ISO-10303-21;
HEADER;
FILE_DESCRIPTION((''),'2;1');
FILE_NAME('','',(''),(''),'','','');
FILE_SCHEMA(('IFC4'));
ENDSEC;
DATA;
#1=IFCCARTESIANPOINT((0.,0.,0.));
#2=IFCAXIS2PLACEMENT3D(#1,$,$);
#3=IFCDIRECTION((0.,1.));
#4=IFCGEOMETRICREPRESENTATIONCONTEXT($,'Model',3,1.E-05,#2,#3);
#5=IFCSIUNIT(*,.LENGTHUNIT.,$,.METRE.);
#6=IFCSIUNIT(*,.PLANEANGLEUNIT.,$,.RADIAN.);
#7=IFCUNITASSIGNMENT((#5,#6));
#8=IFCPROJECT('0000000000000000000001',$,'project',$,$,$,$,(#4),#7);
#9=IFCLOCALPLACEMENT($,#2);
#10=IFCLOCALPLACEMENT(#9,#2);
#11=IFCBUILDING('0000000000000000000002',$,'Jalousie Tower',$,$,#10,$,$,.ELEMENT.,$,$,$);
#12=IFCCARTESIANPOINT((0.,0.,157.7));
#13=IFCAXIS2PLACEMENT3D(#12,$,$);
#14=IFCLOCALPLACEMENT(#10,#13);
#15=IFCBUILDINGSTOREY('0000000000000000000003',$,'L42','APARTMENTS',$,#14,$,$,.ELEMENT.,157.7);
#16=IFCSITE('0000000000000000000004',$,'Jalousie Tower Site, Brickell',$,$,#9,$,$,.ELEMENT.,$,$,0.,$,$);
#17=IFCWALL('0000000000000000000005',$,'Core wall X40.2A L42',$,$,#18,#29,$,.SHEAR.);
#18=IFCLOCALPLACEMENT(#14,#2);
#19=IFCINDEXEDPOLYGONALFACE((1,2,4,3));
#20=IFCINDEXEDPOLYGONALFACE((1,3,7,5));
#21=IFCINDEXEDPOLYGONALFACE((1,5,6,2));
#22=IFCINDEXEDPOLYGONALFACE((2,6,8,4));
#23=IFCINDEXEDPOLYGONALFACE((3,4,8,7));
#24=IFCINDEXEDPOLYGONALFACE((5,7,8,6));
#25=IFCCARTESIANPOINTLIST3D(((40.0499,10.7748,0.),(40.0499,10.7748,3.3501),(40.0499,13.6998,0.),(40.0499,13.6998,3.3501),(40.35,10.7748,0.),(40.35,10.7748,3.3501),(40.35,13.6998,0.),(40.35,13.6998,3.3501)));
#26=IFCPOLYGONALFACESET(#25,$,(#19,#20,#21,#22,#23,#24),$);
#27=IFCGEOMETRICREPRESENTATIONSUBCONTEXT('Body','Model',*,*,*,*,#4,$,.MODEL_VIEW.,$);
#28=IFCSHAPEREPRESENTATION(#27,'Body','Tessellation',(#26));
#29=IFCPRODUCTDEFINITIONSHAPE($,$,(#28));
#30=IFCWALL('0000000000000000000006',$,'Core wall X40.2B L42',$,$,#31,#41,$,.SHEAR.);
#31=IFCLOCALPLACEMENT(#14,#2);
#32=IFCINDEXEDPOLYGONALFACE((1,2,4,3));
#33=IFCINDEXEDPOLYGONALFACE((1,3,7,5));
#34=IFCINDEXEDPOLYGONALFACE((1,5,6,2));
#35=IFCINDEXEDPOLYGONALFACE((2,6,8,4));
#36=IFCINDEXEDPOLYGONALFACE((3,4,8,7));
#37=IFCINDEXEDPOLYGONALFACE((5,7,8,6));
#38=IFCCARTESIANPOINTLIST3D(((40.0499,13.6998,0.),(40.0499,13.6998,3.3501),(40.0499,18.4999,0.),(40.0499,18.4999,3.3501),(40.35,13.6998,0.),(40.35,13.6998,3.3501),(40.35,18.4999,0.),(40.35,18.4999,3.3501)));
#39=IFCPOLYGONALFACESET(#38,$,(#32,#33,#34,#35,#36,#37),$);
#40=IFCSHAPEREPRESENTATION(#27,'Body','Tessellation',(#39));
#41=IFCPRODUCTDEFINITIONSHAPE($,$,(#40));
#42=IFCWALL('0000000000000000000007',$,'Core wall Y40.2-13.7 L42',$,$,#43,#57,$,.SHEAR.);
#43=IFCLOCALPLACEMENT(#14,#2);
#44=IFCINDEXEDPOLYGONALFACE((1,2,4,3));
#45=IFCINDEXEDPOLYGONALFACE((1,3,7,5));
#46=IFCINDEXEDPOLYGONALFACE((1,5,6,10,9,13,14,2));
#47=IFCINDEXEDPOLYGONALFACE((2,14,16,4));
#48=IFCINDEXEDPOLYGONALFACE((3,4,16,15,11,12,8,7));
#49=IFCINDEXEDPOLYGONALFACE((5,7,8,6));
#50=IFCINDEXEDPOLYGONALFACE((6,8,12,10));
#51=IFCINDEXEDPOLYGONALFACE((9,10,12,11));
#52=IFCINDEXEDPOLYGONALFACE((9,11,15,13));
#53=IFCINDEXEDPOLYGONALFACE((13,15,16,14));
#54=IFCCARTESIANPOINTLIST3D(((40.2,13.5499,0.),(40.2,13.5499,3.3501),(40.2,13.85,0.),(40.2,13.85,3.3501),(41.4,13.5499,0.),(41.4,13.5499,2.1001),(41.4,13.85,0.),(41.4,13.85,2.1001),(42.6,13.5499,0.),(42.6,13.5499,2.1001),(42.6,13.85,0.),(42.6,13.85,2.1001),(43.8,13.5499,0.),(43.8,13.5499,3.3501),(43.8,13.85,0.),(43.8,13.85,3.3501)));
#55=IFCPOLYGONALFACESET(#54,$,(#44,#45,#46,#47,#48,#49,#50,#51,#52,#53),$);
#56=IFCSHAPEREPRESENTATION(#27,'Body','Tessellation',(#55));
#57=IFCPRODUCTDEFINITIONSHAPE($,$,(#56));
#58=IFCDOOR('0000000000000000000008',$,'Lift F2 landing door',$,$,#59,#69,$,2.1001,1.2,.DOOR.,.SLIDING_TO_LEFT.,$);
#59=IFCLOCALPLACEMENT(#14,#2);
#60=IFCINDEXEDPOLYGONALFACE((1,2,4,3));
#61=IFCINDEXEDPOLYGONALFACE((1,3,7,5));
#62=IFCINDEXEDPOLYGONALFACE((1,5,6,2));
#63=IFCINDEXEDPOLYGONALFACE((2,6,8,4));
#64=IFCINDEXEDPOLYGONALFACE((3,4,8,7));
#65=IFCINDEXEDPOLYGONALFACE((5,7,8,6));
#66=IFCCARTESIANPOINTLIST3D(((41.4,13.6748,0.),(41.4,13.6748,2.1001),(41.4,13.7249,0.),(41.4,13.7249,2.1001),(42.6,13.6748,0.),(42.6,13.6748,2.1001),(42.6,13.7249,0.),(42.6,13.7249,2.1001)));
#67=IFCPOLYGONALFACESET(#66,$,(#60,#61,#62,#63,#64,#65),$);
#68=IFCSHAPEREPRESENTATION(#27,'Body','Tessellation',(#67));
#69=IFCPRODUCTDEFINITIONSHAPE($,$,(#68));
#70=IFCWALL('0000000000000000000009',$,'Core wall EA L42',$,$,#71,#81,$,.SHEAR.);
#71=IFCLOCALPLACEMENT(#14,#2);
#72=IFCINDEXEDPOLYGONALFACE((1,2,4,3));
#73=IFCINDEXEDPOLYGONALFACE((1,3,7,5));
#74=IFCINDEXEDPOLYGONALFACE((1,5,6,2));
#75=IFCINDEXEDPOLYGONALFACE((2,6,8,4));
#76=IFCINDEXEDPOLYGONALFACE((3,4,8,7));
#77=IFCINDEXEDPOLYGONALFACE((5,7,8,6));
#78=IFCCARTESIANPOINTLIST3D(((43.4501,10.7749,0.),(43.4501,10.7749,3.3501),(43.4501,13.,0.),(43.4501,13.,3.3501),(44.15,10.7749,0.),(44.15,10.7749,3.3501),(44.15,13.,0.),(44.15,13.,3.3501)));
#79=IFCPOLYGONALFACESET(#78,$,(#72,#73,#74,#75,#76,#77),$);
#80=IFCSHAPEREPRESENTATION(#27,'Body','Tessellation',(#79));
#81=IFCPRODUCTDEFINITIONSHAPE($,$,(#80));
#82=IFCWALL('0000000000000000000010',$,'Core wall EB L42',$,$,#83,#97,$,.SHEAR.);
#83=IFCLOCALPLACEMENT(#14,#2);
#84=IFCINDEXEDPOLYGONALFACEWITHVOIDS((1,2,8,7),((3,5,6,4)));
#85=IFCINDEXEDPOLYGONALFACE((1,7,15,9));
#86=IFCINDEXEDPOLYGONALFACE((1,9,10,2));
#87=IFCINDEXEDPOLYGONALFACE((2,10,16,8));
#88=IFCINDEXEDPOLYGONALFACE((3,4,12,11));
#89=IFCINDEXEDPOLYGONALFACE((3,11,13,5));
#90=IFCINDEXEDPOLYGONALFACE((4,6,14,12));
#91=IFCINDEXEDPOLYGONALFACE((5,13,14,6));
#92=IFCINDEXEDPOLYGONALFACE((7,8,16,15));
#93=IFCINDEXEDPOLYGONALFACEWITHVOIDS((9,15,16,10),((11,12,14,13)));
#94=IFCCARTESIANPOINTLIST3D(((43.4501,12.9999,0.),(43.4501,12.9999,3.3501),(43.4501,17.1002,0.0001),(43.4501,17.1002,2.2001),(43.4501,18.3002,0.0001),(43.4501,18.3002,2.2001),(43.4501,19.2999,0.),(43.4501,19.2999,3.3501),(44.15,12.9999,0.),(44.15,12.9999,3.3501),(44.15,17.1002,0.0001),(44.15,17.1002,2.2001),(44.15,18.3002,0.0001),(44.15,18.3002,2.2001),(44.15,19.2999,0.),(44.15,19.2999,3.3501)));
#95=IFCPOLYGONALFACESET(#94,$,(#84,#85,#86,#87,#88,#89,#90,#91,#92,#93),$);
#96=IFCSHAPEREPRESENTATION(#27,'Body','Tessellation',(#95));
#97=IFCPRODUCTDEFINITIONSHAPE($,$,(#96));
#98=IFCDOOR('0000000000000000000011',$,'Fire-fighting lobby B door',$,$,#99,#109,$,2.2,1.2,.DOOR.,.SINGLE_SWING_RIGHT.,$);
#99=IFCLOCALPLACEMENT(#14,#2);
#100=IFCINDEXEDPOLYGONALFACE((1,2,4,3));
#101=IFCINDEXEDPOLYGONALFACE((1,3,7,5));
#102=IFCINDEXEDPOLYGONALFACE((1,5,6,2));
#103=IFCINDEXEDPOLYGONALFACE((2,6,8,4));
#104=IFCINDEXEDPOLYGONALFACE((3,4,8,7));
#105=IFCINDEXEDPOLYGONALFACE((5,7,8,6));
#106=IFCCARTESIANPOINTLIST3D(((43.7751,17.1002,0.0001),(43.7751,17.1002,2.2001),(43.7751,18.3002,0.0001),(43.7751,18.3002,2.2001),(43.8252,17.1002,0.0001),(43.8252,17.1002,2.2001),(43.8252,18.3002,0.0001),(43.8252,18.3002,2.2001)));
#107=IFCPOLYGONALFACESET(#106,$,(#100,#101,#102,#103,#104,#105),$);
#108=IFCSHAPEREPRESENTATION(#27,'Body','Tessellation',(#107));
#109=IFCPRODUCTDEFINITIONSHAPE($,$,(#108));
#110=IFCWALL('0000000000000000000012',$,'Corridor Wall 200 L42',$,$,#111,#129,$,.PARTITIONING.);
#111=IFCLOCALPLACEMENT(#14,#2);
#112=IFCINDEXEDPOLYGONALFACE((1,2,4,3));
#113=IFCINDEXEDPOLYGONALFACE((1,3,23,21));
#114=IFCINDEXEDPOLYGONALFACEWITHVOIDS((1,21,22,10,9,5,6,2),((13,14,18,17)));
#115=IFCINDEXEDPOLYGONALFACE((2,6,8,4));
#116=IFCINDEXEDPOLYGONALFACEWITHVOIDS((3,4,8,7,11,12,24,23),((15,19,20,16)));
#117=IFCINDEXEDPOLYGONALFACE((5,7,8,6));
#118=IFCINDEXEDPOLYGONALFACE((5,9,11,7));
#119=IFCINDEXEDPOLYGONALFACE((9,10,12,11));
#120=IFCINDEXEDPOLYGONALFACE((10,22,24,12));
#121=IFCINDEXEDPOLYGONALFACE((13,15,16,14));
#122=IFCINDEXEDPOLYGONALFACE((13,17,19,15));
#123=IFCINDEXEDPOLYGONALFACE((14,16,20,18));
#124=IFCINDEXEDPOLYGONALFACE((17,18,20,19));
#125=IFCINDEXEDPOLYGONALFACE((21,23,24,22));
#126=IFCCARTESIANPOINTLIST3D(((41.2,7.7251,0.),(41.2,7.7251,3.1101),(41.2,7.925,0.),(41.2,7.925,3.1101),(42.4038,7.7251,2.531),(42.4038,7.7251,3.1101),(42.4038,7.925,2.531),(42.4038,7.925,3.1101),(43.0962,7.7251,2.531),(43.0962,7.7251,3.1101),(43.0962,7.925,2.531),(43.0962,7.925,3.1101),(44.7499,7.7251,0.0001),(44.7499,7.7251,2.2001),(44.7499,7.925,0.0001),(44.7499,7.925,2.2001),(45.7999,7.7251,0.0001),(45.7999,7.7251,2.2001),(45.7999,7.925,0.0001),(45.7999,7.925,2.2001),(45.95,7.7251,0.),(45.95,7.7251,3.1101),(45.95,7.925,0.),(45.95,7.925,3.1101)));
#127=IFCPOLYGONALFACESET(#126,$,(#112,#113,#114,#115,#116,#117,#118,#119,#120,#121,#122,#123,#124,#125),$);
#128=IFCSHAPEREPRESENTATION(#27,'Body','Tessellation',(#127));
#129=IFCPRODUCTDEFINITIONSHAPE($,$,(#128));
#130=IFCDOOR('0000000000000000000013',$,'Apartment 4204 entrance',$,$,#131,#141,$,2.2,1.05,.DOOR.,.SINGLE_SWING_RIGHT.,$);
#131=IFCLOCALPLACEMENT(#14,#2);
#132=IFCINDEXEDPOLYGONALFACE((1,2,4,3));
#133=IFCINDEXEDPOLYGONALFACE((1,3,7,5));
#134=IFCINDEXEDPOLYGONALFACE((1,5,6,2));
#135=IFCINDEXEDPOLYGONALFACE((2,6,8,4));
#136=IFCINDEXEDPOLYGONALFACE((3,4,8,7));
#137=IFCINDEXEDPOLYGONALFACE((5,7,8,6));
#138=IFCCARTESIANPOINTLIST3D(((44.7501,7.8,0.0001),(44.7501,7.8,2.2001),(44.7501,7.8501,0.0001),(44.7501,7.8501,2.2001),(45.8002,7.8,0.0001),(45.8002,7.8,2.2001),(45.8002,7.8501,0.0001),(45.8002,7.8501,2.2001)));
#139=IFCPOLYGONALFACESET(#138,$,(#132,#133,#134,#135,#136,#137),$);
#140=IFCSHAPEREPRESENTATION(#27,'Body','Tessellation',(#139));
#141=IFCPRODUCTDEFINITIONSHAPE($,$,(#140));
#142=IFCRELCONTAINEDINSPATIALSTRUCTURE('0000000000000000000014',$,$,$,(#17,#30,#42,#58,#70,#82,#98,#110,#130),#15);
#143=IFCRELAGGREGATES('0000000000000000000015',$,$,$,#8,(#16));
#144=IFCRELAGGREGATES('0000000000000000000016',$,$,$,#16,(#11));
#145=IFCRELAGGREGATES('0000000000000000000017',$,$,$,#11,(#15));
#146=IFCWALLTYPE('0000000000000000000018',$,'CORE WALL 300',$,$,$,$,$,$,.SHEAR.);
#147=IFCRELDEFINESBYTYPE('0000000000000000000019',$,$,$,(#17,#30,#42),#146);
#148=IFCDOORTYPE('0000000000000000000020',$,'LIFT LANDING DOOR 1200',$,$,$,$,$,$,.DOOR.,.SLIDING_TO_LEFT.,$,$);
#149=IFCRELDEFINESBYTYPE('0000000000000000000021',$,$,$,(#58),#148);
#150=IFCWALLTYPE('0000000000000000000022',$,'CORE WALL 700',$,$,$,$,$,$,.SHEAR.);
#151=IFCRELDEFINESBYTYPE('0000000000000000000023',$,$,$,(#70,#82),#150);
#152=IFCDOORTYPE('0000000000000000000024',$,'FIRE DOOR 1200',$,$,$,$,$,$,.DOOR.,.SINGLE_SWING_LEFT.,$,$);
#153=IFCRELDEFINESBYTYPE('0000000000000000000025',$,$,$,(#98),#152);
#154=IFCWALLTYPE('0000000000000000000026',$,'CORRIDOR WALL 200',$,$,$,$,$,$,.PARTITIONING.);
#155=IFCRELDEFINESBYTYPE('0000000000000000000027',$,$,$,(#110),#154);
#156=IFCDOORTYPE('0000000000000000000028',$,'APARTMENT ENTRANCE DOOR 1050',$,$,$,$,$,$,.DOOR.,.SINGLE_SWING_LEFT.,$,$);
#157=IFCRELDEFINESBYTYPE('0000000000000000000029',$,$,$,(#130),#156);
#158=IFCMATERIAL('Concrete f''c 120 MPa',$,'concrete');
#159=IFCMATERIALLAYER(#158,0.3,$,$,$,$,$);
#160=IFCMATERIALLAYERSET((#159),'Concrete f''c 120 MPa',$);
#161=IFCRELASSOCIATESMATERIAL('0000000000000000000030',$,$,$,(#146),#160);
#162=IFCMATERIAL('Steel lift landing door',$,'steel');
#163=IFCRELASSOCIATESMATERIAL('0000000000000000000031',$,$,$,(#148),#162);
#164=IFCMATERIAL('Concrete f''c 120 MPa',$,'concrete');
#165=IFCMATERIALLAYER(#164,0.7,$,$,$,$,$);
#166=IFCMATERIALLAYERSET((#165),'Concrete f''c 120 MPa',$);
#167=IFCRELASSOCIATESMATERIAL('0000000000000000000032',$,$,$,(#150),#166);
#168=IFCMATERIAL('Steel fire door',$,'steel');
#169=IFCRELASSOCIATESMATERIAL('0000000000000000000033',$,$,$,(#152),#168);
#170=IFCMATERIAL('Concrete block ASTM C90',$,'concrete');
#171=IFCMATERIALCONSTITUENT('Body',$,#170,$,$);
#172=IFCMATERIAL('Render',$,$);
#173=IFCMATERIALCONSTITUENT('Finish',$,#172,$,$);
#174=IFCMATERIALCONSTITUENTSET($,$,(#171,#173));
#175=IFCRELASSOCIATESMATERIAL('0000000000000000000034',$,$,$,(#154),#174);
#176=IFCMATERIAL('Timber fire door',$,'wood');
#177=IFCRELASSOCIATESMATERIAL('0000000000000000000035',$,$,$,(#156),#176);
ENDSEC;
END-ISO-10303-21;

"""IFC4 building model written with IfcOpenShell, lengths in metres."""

from ifc_helpers import new_model, si_unit, direction, frame, frame_2d, origin, place, context, subcontext, project, spatial, polyline, rectangle, outline, extrude, material, layer, layer_set, constituent, constituent_set, type_object, element, fill, save


model = new_model("IFC4")

# Units and contexts
model_context = context("Model", 3, precision=1e-05, world=origin(), true_north=direction((0.0, 1.0)))
body_context = subcontext(model_context, "Body", "Model", "MODEL_VIEW")
ifc_project = project(units=[si_unit("LENGTHUNIT", "METRE"), si_unit("PLANEANGLEUNIT", "RADIAN")], contexts=[model_context])

# Site, building, storey
site_placement = place(None, origin())
site = spatial("IfcSite", under=ifc_project, at=site_placement, Name="Jalousie Tower Site, Brickell", CompositionType="ELEMENT", RefElevation=0.0)
building_placement = place(site_placement, origin())
building = spatial("IfcBuilding", under=site, at=building_placement, Name="Jalousie Tower", CompositionType="ELEMENT")
storey_placement = place(building_placement, frame((0.0, 0.0, 157.7)))
storey = spatial("IfcBuildingStorey", under=building, at=storey_placement, Name="L42", Description="APARTMENTS", CompositionType="ELEMENT", Elevation=157.7)

# Walls
ifc_material_1 = material(Name="Concrete f'c 120 MPa", Category="concrete")
ifc_layer_1 = layer(ifc_material_1, 0.3)
ifc_layer_set_1 = layer_set([ifc_layer_1], Name="Concrete f'c 120 MPa")
wall_type_1 = type_object("IfcWallType", Name="CORE WALL 300", PredefinedType="SHEAR", material=ifc_layer_set_1)
wall_1_placement = place(storey_placement, frame((40.2, 10.7749, 0.0), z_axis=(0.0, 0.0, 1.0), x_axis=(0.0, 1.0, 0.0)))
element("IfcWall", 1, at=wall_1_placement, inside=storey, type_object=wall_type_1, Name="Core wall X40.2A L42", PredefinedType="SHEAR", context=body_context, shape_type="SweptSolid", body=[
    extrude(rectangle(XDim=2.925, YDim=0.3, at=frame_2d((1.4624, 0.0))), origin(), (0.0, 0.0, 1.0), 3.3501),
])
wall_2_placement = place(storey_placement, frame((40.2, 13.7, 0.0), z_axis=(0.0, 0.0, 1.0), x_axis=(0.0, 1.0, 0.0)))
element("IfcWall", 2, at=wall_2_placement, inside=storey, type_object=wall_type_1, Name="Core wall X40.2B L42", PredefinedType="SHEAR", context=body_context, shape_type="SweptSolid", body=[
    extrude(rectangle(XDim=4.8, YDim=0.3, at=frame_2d((2.3999, 0.0))), origin(), (0.0, 0.0, 1.0), 3.3501),
])

# Wall, opening, door
wall_3_placement = place(storey_placement, frame((40.2, 13.7, 0.0), z_axis=(0.0, 0.0, 1.0), x_axis=(1.0, 0.0, 0.0)))
wall_3 = element("IfcWall", 3, at=wall_3_placement, inside=storey, type_object=wall_type_1, Name="Core wall Y40.2-13.7 L42", PredefinedType="SHEAR", context=body_context, shape_type="SweptSolid", body=[
    extrude(rectangle(XDim=3.6001, YDim=0.3, at=frame_2d((1.8, 0.0))), origin(), (0.0, 0.0, 1.0), 3.3501),
])
opening_1_placement = place(wall_3_placement, frame((1.2, 0.0, 0.0)))
opening_1 = element("IfcOpeningElement", 4, at=opening_1_placement, cuts=wall_3, PredefinedType="OPENING", context=body_context, shape_type="SweptSolid", body=[
    extrude(rectangle(XDim=1.2, YDim=2.1001, at=frame_2d((0.6001, 1.05))), frame((0.0, 0.1599, 0.0), z_axis=(0.0, -1.0, 0.0), x_axis=(1.0, 0.0, 0.0)), (0.0, 0.0, 1.0), 0.3201),
])
ifc_material_2 = material(Name="Steel lift landing door", Category="steel")
door_type_1 = type_object("IfcDoorType", Name="LIFT LANDING DOOR 1200", OperationType="SLIDING_TO_LEFT", PredefinedType="DOOR", material=ifc_material_2)
door_1_placement = place(opening_1_placement, origin())
door_1 = element("IfcDoor", 5, at=door_1_placement, inside=storey, type_object=door_type_1, Name="Lift F2 landing door", OperationType="SLIDING_TO_LEFT", OverallHeight=2.1001, OverallWidth=1.2, PredefinedType="DOOR", context=body_context, shape_type="SweptSolid", body=[
    extrude(rectangle(XDim=1.2, YDim=2.1001, at=frame_2d((0.6001, 1.05))), frame((0.0, 0.0249, 0.0), z_axis=(0.0, -1.0, 0.0), x_axis=(1.0, 0.0, 0.0)), (0.0, 0.0, 1.0), 0.05),
])
fill(opening_1, door_1)

# Wall
ifc_material_3 = material(Name="Concrete f'c 120 MPa", Category="concrete")
ifc_layer_2 = layer(ifc_material_3, 0.7)
ifc_layer_set_2 = layer_set([ifc_layer_2], Name="Concrete f'c 120 MPa")
wall_type_2 = type_object("IfcWallType", Name="CORE WALL 700", PredefinedType="SHEAR", material=ifc_layer_set_2)
wall_4_placement = place(storey_placement, frame((43.8, 10.7749, 0.0), z_axis=(0.0, 0.0, 1.0), x_axis=(0.0, 1.0, 0.0)))
element("IfcWall", 6, at=wall_4_placement, inside=storey, type_object=wall_type_2, Name="Core wall EA L42", PredefinedType="SHEAR", context=body_context, shape_type="SweptSolid", body=[
    extrude(rectangle(XDim=2.2251, YDim=0.7, at=frame_2d((1.1125, 0.0))), origin(), (0.0, 0.0, 1.0), 3.3501),
])

# Walls, openings, doors
wall_5_placement = place(storey_placement, frame((43.8, 13.0, 0.0), z_axis=(0.0, 0.0, 1.0), x_axis=(0.0, 1.0, 0.0)))
wall_5 = element("IfcWall", 7, at=wall_5_placement, inside=storey, type_object=wall_type_2, Name="Core wall EB L42", PredefinedType="SHEAR", context=body_context, shape_type="SweptSolid", body=[
    extrude(rectangle(XDim=6.3, YDim=0.7, at=frame_2d((3.1499, 0.0))), origin(), (0.0, 0.0, 1.0), 3.3501),
])
opening_2_placement = place(wall_5_placement, frame((4.1001, 0.0, 0.0)))
opening_2 = element("IfcOpeningElement", 8, at=opening_2_placement, cuts=wall_5, PredefinedType="OPENING", context=body_context, shape_type="SweptSolid", body=[
    extrude(rectangle(XDim=1.2, YDim=2.2, at=frame_2d((0.6001, 1.1001))), frame((0.0, 0.3599, 0.0), z_axis=(0.0, -1.0, 0.0), x_axis=(1.0, 0.0, 0.0)), (0.0, 0.0, 1.0), 0.72),
])
ifc_material_4 = material(Name="Steel fire door", Category="steel")
door_type_2 = type_object("IfcDoorType", Name="FIRE DOOR 1200", OperationType="SINGLE_SWING_LEFT", PredefinedType="DOOR", material=ifc_material_4)
door_2_placement = place(opening_2_placement, origin())
door_2 = element("IfcDoor", 9, at=door_2_placement, inside=storey, type_object=door_type_2, Name="Fire-fighting lobby B door", OperationType="SINGLE_SWING_RIGHT", OverallHeight=2.2, OverallWidth=1.2, PredefinedType="DOOR", context=body_context, shape_type="SweptSolid", body=[
    extrude(rectangle(XDim=1.2, YDim=2.2, at=frame_2d((0.6001, 1.1001))), frame((0.0, 0.0249, 0.0), z_axis=(0.0, -1.0, 0.0), x_axis=(1.0, 0.0, 0.0)), (0.0, 0.0, 1.0), 0.05),
])
fill(opening_2, door_2)
ifc_material_5 = material(Name="Concrete block ASTM C90", Category="concrete")
ifc_constituent_1 = constituent(ifc_material_5, Name="Body")
ifc_material_6 = material(Name="Render")
ifc_constituent_2 = constituent(ifc_material_6, Name="Finish")
ifc_constituent_set_1 = constituent_set(constituents=[ifc_constituent_1, ifc_constituent_2])
wall_type_3 = type_object("IfcWallType", Name="CORRIDOR WALL 200", PredefinedType="PARTITIONING", material=ifc_constituent_set_1)
wall_6_placement = place(storey_placement, frame((41.2, 7.825, 0.0), z_axis=(0.0, 0.0, 1.0), x_axis=(1.0, 0.0, 0.0)))
wall_6 = element("IfcWall", 10, at=wall_6_placement, inside=storey, type_object=wall_type_3, Name="Corridor Wall 200 L42", PredefinedType="PARTITIONING", context=body_context, shape_type="SweptSolid", body=[
    extrude(outline(polyline([(0.0, 0.0), (4.75, 0.0), (4.75, 3.1101), (1.8962, 3.1101), (1.8962, 2.531), (1.2039, 2.531), (1.2039, 3.1101), (0.0, 3.1101), (0.0, 0.0)])), frame((0.0, 0.1001, 0.0), z_axis=(0.0, -1.0, 0.0), x_axis=(1.0, 0.0, 0.0)), (0.0, 0.0, 1.0), 0.2),
])
opening_3_placement = place(wall_6_placement, frame((3.55, 0.0, 0.0)))
opening_3 = element("IfcOpeningElement", 11, at=opening_3_placement, cuts=wall_6, PredefinedType="OPENING", context=body_context, shape_type="SweptSolid", body=[
    extrude(rectangle(XDim=1.05, YDim=2.2, at=frame_2d((0.5249, 1.1001))), frame((0.0, 0.1099, 0.0), z_axis=(0.0, -1.0, 0.0), x_axis=(1.0, 0.0, 0.0)), (0.0, 0.0, 1.0), 0.22),
])
ifc_material_7 = material(Name="Timber fire door", Category="wood")
door_type_3 = type_object("IfcDoorType", Name="APARTMENT ENTRANCE DOOR 1050", OperationType="SINGLE_SWING_LEFT", PredefinedType="DOOR", material=ifc_material_7)
door_3_placement = place(opening_3_placement, frame((1.05, 0.0, 0.0), z_axis=(0.0, 0.0, 1.0), x_axis=(-1.0, 0.0, 0.0)))
door_3 = element("IfcDoor", 12, at=door_3_placement, inside=storey, type_object=door_type_3, Name="Apartment 4204 entrance", OperationType="SINGLE_SWING_RIGHT", OverallHeight=2.2, OverallWidth=1.05, PredefinedType="DOOR", context=body_context, shape_type="SweptSolid", body=[
    extrude(rectangle(XDim=1.05, YDim=2.2, at=frame_2d((0.5249, 1.1001))), frame((0.0, 0.0249, 0.0), z_axis=(0.0, -1.0, 0.0), x_axis=(1.0, 0.0, 0.0)), (0.0, 0.0, 1.0), 0.05),
])
fill(opening_3, door_3)

save(model, "model.ifc")
